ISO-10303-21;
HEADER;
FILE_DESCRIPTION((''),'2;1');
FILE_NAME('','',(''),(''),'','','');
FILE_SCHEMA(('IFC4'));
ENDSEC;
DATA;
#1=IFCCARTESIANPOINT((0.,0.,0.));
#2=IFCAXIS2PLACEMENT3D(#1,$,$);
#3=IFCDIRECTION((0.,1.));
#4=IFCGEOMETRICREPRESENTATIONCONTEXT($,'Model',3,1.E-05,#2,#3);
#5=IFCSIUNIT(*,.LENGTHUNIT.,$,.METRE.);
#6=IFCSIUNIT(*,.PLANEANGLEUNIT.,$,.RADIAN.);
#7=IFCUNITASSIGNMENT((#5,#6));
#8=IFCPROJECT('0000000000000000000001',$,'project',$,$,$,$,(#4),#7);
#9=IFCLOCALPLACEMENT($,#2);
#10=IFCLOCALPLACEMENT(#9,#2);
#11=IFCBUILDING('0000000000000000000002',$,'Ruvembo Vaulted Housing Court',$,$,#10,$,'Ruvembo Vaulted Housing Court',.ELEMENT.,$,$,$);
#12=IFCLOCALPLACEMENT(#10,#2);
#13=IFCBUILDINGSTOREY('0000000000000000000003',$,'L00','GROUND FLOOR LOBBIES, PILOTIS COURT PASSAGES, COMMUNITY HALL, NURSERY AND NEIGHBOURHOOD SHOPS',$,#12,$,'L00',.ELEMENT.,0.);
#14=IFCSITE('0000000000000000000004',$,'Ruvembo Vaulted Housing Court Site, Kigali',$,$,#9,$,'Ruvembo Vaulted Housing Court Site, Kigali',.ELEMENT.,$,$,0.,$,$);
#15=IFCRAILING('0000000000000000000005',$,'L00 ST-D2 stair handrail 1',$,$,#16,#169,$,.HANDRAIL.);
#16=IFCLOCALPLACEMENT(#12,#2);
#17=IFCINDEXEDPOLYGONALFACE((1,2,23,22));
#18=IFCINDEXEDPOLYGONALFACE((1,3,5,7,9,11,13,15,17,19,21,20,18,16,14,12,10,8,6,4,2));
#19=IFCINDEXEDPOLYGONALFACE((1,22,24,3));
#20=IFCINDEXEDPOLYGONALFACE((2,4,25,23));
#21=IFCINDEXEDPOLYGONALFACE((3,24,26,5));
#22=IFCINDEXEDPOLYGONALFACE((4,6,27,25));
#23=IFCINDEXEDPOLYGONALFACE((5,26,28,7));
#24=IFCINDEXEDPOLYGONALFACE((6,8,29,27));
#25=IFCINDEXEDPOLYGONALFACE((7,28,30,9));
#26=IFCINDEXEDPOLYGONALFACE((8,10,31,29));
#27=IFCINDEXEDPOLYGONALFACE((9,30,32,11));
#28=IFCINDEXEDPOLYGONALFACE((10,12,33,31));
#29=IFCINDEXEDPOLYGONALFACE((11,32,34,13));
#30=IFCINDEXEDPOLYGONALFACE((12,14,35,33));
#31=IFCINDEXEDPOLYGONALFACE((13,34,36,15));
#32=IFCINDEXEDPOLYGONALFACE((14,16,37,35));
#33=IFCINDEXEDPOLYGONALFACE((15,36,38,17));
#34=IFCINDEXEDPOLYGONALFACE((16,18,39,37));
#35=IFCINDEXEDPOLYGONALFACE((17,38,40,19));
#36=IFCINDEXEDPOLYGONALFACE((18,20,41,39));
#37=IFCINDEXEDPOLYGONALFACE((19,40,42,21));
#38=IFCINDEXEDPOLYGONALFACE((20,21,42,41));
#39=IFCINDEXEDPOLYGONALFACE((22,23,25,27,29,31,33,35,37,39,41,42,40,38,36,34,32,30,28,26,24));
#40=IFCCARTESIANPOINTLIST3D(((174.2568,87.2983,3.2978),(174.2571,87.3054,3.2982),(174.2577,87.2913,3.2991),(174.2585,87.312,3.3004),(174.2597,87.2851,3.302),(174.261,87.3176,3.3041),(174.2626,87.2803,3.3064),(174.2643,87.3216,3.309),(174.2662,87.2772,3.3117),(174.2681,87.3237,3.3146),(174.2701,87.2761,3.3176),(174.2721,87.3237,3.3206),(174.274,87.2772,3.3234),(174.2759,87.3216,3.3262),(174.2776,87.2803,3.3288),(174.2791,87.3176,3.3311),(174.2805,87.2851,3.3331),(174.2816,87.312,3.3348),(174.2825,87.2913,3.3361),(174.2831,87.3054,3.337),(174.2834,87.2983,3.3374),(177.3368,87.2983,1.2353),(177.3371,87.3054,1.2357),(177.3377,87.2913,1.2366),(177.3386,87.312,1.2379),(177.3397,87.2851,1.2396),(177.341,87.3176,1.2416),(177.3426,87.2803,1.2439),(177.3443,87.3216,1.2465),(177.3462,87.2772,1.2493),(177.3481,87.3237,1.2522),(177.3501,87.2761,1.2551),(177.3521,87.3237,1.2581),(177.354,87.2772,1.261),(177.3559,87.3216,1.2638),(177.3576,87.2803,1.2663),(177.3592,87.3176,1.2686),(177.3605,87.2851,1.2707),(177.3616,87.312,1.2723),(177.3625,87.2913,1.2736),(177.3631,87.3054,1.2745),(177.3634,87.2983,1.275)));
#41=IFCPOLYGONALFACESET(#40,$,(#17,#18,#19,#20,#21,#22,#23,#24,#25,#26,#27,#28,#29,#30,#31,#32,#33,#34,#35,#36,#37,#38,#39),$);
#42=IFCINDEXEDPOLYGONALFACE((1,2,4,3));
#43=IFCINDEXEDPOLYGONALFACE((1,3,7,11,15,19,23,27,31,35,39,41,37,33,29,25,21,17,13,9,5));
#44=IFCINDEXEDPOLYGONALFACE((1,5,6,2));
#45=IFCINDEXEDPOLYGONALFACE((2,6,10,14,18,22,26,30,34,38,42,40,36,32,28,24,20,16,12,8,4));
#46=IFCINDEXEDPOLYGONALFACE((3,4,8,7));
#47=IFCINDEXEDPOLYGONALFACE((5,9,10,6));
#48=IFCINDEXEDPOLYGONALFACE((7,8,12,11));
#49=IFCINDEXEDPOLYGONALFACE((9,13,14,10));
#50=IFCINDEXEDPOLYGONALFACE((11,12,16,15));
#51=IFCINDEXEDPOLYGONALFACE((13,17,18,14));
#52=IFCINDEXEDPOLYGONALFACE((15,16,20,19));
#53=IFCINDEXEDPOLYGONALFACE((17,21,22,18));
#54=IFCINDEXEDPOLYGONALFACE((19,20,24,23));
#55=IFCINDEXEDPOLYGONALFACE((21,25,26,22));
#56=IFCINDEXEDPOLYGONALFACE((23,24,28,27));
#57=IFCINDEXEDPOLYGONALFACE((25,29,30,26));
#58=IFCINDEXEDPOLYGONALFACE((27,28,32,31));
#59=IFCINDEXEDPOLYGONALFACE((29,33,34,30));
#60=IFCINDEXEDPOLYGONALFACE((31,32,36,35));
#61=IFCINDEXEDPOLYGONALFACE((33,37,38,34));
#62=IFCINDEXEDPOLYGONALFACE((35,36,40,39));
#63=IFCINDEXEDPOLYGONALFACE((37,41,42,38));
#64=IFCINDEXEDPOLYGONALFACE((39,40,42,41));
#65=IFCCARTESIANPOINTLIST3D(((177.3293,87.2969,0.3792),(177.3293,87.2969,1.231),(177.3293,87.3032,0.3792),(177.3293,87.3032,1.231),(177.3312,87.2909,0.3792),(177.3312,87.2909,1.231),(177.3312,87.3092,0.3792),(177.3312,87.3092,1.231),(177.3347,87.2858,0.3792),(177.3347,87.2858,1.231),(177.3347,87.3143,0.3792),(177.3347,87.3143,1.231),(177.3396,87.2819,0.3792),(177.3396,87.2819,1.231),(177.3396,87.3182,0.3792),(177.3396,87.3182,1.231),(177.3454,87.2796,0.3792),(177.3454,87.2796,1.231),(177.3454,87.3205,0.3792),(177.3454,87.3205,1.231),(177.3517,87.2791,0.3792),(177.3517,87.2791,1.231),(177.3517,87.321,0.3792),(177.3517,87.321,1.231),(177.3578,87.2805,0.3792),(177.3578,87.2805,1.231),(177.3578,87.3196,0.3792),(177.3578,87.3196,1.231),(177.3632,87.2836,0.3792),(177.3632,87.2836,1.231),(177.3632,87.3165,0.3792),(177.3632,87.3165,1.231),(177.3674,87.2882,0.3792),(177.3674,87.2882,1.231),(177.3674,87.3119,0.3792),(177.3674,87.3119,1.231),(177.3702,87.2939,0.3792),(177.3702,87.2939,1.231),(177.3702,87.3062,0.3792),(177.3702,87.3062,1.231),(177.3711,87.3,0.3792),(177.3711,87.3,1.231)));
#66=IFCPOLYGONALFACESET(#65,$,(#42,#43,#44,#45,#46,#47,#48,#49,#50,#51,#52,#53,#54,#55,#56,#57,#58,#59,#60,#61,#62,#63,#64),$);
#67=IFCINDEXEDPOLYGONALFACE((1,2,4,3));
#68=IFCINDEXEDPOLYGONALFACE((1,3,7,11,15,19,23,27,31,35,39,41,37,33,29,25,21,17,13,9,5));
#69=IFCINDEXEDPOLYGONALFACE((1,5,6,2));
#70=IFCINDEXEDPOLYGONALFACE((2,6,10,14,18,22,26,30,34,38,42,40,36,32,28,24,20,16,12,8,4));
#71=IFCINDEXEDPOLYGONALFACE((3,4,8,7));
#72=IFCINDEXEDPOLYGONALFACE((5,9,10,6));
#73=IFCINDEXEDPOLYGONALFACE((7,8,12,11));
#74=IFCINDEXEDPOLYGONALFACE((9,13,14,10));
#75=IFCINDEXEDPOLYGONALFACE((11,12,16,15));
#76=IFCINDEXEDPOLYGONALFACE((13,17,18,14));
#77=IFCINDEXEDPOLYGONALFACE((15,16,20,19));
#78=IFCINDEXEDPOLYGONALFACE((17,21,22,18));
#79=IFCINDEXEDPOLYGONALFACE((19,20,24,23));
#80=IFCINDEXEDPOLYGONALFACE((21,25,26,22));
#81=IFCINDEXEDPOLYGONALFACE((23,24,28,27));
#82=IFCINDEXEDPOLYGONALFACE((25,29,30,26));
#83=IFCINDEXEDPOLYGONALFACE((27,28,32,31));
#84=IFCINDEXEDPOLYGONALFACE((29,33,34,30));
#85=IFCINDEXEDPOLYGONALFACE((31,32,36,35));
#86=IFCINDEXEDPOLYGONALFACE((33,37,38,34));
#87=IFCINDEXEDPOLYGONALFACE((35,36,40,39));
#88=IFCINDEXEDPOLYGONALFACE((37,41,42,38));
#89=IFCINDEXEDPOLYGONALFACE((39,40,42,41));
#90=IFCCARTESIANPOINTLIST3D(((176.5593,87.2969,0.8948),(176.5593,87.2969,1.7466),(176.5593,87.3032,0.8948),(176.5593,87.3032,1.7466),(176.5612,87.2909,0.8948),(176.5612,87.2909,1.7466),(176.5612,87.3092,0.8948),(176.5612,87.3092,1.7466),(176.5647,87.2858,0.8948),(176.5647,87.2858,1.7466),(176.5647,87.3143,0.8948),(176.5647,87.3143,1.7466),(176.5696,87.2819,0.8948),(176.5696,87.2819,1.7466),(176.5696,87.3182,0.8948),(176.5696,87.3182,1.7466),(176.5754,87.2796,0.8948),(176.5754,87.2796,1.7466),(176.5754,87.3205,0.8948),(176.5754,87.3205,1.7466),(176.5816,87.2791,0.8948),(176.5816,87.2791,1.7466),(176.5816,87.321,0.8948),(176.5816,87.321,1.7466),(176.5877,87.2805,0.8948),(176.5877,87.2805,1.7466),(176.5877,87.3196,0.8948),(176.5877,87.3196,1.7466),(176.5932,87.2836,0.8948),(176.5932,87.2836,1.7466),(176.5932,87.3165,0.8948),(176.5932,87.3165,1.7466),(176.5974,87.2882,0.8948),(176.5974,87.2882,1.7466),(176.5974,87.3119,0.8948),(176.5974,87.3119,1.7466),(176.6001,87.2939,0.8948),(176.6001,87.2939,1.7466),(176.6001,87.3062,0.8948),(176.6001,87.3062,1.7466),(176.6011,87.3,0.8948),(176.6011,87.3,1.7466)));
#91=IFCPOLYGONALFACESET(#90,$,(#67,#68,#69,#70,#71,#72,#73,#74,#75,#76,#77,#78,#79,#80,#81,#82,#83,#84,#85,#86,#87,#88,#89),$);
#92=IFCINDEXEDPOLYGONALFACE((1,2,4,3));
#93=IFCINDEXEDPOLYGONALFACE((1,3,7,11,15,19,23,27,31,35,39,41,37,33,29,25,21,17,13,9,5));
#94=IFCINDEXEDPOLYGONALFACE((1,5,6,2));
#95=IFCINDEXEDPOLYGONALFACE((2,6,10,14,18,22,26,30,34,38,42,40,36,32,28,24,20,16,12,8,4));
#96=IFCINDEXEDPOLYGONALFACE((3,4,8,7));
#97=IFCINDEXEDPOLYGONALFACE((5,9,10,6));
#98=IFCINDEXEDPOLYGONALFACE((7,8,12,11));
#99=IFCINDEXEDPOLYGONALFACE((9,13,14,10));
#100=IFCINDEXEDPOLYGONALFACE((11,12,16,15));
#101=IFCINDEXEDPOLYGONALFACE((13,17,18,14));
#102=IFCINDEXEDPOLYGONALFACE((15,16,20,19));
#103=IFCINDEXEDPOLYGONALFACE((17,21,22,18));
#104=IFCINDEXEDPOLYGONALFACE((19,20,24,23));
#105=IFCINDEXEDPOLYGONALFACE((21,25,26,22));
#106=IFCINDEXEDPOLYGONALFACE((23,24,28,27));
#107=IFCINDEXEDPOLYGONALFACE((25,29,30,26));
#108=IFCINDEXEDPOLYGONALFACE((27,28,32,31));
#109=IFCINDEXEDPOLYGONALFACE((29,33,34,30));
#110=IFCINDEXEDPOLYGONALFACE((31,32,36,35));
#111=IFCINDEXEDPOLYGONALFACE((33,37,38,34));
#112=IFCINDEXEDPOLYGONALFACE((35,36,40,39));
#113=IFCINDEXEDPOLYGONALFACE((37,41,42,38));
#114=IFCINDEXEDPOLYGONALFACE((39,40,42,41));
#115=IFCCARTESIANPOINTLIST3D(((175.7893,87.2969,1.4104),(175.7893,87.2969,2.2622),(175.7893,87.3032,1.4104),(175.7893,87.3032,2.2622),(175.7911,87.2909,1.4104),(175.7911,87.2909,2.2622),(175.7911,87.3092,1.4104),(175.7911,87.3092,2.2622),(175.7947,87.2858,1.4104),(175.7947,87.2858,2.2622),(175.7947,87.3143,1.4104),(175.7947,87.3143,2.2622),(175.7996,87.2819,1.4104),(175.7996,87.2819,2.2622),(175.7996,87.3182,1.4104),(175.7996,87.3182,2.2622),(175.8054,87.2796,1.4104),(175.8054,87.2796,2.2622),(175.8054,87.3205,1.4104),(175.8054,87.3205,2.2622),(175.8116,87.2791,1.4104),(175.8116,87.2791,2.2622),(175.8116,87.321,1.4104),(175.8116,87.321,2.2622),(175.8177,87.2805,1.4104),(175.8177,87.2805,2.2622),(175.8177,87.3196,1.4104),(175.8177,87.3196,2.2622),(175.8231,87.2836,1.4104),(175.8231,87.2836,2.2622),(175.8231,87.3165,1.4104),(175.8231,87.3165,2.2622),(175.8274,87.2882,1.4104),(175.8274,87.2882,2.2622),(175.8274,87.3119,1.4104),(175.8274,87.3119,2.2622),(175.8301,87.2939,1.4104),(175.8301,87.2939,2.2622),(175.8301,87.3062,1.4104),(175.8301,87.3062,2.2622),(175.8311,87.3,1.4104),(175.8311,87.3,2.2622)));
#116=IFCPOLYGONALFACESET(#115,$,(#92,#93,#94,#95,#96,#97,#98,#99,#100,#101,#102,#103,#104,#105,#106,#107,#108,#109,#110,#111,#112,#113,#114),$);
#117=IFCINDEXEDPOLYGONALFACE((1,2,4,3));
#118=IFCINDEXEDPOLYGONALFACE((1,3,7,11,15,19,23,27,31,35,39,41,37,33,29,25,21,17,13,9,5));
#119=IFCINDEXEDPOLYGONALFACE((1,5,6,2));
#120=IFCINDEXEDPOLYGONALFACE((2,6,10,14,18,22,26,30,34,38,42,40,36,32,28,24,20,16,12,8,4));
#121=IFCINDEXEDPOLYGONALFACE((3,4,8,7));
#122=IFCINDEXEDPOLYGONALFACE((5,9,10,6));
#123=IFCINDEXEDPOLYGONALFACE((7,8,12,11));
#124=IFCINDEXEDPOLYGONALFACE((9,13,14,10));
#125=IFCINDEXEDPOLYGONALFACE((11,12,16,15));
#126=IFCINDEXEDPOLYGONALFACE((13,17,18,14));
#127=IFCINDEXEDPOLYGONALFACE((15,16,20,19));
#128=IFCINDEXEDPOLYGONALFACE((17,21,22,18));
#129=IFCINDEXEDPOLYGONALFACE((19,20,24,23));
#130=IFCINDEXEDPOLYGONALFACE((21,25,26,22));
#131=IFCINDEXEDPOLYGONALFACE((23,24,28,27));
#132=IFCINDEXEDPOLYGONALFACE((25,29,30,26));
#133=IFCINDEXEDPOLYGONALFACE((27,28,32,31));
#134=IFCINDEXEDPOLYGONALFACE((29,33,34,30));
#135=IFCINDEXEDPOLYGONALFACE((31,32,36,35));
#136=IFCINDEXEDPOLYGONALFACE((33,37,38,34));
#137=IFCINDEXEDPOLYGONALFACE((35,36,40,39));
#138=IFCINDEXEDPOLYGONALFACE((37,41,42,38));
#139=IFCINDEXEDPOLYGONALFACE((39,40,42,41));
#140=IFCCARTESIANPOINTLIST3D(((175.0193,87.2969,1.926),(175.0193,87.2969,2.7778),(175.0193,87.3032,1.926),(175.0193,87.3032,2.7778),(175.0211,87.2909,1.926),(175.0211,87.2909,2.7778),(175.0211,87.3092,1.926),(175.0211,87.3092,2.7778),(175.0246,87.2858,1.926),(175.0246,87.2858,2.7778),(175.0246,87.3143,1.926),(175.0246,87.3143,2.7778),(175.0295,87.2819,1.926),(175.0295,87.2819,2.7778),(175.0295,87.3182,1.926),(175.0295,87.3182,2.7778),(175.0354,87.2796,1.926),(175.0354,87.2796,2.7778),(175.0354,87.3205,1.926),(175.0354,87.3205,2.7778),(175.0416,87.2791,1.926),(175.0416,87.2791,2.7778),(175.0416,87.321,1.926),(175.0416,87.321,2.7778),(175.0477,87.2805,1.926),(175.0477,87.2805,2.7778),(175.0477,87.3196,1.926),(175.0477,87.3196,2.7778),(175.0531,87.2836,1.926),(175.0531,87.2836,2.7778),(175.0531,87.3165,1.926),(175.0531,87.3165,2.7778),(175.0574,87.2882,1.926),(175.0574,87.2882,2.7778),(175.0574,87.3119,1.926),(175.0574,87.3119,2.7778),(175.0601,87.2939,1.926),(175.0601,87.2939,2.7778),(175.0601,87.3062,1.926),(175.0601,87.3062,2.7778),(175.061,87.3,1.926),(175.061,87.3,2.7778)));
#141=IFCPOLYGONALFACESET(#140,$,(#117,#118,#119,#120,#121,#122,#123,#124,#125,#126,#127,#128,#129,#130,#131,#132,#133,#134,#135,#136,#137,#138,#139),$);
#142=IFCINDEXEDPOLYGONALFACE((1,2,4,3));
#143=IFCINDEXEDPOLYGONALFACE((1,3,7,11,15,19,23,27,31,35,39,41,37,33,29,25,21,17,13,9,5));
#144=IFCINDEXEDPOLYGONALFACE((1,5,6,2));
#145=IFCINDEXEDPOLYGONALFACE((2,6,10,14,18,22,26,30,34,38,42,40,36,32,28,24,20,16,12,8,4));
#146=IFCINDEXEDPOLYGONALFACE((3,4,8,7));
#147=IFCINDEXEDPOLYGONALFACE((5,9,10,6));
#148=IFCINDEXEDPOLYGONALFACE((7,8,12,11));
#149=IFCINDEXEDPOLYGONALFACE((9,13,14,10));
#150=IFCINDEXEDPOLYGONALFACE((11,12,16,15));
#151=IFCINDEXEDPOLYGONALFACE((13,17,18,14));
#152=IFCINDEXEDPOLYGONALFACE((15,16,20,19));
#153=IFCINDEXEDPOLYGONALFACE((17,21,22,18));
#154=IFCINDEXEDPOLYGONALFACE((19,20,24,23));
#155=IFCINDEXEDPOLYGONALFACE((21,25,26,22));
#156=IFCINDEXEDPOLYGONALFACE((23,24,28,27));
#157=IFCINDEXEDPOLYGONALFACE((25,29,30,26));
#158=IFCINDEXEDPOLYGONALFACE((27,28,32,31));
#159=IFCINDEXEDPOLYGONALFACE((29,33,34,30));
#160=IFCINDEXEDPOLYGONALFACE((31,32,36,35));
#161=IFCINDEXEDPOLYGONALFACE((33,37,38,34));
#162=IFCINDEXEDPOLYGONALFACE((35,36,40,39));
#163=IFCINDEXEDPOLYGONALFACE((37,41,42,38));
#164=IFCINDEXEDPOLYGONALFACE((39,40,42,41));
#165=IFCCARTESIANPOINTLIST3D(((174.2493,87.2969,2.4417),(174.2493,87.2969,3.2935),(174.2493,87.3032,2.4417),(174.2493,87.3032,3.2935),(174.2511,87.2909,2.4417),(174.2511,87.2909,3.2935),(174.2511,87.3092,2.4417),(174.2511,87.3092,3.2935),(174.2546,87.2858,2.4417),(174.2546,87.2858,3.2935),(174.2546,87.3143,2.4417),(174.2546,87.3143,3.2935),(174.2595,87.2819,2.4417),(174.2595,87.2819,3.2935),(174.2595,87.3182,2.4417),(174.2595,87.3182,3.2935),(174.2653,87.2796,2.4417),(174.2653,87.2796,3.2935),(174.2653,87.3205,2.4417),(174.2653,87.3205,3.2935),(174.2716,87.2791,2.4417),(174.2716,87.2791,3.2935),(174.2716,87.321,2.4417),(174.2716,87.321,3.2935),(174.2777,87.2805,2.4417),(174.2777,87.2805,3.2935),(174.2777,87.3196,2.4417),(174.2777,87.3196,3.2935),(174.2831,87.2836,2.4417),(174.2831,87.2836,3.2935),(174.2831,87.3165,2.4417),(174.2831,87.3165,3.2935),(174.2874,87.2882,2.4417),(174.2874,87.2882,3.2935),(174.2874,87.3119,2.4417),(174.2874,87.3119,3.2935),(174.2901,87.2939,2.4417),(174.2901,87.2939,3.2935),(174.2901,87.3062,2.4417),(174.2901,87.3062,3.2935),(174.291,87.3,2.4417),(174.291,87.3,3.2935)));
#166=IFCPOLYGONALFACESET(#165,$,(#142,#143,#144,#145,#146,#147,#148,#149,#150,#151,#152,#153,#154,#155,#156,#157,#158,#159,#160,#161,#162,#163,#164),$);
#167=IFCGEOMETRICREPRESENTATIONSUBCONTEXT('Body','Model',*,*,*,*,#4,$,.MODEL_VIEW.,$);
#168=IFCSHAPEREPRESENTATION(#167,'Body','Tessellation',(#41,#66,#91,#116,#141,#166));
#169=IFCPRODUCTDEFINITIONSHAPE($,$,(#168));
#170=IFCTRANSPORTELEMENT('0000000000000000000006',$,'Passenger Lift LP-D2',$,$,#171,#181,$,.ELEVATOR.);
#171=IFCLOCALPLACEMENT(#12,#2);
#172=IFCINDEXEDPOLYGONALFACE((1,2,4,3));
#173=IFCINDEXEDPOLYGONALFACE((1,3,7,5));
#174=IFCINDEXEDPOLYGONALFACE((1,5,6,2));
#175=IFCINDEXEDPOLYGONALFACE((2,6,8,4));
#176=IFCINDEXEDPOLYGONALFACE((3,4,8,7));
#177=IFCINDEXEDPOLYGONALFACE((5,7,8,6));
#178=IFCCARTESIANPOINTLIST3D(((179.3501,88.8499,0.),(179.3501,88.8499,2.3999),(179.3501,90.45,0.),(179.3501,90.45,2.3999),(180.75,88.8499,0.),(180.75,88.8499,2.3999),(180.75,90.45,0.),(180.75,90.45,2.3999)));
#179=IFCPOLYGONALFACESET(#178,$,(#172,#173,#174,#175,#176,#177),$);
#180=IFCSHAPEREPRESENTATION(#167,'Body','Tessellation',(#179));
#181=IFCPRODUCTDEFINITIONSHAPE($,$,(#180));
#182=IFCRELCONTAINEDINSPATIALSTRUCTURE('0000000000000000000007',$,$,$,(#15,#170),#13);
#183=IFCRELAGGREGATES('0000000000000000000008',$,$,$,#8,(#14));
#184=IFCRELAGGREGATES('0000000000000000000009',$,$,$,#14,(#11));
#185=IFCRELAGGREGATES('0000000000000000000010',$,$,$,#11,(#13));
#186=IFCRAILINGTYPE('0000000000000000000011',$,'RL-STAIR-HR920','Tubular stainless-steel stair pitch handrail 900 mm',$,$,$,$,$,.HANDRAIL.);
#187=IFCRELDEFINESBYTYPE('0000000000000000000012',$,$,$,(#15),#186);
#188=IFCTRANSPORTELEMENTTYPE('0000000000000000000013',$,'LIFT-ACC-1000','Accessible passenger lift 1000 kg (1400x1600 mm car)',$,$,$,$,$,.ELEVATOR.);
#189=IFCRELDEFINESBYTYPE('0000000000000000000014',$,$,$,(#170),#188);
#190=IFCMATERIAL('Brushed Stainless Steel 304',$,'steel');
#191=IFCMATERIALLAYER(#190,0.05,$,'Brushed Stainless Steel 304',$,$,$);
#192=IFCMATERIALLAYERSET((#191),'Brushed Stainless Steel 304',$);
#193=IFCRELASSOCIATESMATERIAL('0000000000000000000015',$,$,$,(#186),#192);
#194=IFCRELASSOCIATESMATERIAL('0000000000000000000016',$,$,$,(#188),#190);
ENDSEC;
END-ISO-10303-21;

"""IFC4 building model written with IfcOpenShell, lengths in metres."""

from ifc_helpers import new_model, si_unit, direction, frame, origin, origin_2d, place, context, subcontext, project, spatial, rectangle, circle, extrude, material, layer, layer_set, type_object, element, save


model = new_model("IFC4")

# Units and contexts
model_context = context("Model", 3, precision=1e-05, world=origin(), true_north=direction((0.0, 1.0)))
body_context = subcontext(model_context, "Body", "Model", "MODEL_VIEW")
ifc_project = project(units=[si_unit("LENGTHUNIT", "METRE"), si_unit("PLANEANGLEUNIT", "RADIAN")], contexts=[model_context])

# Site, building, storey
site_placement = place(None, origin())
site = spatial("IfcSite", under=ifc_project, at=site_placement, Name="Ruvembo Vaulted Housing Court Site, Kigali", LongName="Ruvembo Vaulted Housing Court Site, Kigali", CompositionType="ELEMENT", RefElevation=0.0)
building_placement = place(site_placement, origin())
building = spatial("IfcBuilding", under=site, at=building_placement, Name="Ruvembo Vaulted Housing Court", LongName="Ruvembo Vaulted Housing Court", CompositionType="ELEMENT")
storey_placement = place(building_placement, origin())
storey = spatial("IfcBuildingStorey", under=building, at=storey_placement, Name="L00", Description="GROUND FLOOR LOBBIES, PILOTIS COURT PASSAGES, COMMUNITY HALL, NURSERY AND NEIGHBOURHOOD SHOPS", LongName="L00", CompositionType="ELEMENT", Elevation=0.0)

# Shared definitions
ifc_material_1 = material(Name="Brushed Stainless Steel 304", Category="steel")

# Railing
ifc_layer_1 = layer(ifc_material_1, 0.05, Name="Brushed Stainless Steel 304")
ifc_layer_set_1 = layer_set([ifc_layer_1], Name="Brushed Stainless Steel 304")
railing_type_1 = type_object("IfcRailingType", Name="RL-STAIR-HR920", Description="Tubular stainless-steel stair pitch handrail 900 mm", PredefinedType="HANDRAIL", material=ifc_layer_set_1)
railing_1_placement = place(storey_placement, frame((177.3501, 87.3, 0.3792)))
element("IfcRailing", 1, at=railing_1_placement, inside=storey, type_object=railing_type_1, Name="L00 ST-D2 stair handrail 1", PredefinedType="HANDRAIL", context=body_context, shape_type="SweptSolid", body=[
    extrude(circle(Radius=0.0239, at=origin_2d()), frame((0.0, 0.0, 0.876), z_axis=(-0.830914, 0.0, 0.556401), x_axis=(0.0, -1.0, 0.0)), (0.0, 0.0, 1.0), 3.7068),
    extrude(circle(Radius=0.021, at=origin_2d()), origin(), (0.0, 0.0, 1.0), 0.8518),
    extrude(circle(Radius=0.021, at=origin_2d()), frame((-0.77, 0.0, 0.5156)), (0.0, 0.0, 1.0), 0.8518),
    extrude(circle(Radius=0.021, at=origin_2d()), frame((-1.54, 0.0, 1.0312)), (0.0, 0.0, 1.0), 0.8518),
    extrude(circle(Radius=0.021, at=origin_2d()), frame((-2.3101, 0.0, 1.5469)), (0.0, 0.0, 1.0), 0.8518),
    extrude(circle(Radius=0.021, at=origin_2d()), frame((-3.0801, 0.0, 2.0625)), (0.0, 0.0, 1.0), 0.8518),
])

# Transport element
transport_element_type = type_object("IfcTransportElementType", Name="LIFT-ACC-1000", Description="Accessible passenger lift 1000 kg (1400x1600 mm car)", PredefinedType="ELEVATOR", material=ifc_material_1)
transport_element_placement = place(storey_placement, frame((180.05, 89.6499, 0.0), z_axis=(0.0, 0.0, 1.0), x_axis=(1.0, 0.0, 0.0)))
element("IfcTransportElement", 2, at=transport_element_placement, inside=storey, type_object=transport_element_type, Name="Passenger Lift LP-D2", PredefinedType="ELEVATOR", context=body_context, shape_type="SweptSolid", body=[
    extrude(rectangle(XDim=1.3999, YDim=1.6001, at=origin_2d()), origin(), (0.0, 0.0, 1.0), 2.3999),
])

save(model, "model.ifc")
